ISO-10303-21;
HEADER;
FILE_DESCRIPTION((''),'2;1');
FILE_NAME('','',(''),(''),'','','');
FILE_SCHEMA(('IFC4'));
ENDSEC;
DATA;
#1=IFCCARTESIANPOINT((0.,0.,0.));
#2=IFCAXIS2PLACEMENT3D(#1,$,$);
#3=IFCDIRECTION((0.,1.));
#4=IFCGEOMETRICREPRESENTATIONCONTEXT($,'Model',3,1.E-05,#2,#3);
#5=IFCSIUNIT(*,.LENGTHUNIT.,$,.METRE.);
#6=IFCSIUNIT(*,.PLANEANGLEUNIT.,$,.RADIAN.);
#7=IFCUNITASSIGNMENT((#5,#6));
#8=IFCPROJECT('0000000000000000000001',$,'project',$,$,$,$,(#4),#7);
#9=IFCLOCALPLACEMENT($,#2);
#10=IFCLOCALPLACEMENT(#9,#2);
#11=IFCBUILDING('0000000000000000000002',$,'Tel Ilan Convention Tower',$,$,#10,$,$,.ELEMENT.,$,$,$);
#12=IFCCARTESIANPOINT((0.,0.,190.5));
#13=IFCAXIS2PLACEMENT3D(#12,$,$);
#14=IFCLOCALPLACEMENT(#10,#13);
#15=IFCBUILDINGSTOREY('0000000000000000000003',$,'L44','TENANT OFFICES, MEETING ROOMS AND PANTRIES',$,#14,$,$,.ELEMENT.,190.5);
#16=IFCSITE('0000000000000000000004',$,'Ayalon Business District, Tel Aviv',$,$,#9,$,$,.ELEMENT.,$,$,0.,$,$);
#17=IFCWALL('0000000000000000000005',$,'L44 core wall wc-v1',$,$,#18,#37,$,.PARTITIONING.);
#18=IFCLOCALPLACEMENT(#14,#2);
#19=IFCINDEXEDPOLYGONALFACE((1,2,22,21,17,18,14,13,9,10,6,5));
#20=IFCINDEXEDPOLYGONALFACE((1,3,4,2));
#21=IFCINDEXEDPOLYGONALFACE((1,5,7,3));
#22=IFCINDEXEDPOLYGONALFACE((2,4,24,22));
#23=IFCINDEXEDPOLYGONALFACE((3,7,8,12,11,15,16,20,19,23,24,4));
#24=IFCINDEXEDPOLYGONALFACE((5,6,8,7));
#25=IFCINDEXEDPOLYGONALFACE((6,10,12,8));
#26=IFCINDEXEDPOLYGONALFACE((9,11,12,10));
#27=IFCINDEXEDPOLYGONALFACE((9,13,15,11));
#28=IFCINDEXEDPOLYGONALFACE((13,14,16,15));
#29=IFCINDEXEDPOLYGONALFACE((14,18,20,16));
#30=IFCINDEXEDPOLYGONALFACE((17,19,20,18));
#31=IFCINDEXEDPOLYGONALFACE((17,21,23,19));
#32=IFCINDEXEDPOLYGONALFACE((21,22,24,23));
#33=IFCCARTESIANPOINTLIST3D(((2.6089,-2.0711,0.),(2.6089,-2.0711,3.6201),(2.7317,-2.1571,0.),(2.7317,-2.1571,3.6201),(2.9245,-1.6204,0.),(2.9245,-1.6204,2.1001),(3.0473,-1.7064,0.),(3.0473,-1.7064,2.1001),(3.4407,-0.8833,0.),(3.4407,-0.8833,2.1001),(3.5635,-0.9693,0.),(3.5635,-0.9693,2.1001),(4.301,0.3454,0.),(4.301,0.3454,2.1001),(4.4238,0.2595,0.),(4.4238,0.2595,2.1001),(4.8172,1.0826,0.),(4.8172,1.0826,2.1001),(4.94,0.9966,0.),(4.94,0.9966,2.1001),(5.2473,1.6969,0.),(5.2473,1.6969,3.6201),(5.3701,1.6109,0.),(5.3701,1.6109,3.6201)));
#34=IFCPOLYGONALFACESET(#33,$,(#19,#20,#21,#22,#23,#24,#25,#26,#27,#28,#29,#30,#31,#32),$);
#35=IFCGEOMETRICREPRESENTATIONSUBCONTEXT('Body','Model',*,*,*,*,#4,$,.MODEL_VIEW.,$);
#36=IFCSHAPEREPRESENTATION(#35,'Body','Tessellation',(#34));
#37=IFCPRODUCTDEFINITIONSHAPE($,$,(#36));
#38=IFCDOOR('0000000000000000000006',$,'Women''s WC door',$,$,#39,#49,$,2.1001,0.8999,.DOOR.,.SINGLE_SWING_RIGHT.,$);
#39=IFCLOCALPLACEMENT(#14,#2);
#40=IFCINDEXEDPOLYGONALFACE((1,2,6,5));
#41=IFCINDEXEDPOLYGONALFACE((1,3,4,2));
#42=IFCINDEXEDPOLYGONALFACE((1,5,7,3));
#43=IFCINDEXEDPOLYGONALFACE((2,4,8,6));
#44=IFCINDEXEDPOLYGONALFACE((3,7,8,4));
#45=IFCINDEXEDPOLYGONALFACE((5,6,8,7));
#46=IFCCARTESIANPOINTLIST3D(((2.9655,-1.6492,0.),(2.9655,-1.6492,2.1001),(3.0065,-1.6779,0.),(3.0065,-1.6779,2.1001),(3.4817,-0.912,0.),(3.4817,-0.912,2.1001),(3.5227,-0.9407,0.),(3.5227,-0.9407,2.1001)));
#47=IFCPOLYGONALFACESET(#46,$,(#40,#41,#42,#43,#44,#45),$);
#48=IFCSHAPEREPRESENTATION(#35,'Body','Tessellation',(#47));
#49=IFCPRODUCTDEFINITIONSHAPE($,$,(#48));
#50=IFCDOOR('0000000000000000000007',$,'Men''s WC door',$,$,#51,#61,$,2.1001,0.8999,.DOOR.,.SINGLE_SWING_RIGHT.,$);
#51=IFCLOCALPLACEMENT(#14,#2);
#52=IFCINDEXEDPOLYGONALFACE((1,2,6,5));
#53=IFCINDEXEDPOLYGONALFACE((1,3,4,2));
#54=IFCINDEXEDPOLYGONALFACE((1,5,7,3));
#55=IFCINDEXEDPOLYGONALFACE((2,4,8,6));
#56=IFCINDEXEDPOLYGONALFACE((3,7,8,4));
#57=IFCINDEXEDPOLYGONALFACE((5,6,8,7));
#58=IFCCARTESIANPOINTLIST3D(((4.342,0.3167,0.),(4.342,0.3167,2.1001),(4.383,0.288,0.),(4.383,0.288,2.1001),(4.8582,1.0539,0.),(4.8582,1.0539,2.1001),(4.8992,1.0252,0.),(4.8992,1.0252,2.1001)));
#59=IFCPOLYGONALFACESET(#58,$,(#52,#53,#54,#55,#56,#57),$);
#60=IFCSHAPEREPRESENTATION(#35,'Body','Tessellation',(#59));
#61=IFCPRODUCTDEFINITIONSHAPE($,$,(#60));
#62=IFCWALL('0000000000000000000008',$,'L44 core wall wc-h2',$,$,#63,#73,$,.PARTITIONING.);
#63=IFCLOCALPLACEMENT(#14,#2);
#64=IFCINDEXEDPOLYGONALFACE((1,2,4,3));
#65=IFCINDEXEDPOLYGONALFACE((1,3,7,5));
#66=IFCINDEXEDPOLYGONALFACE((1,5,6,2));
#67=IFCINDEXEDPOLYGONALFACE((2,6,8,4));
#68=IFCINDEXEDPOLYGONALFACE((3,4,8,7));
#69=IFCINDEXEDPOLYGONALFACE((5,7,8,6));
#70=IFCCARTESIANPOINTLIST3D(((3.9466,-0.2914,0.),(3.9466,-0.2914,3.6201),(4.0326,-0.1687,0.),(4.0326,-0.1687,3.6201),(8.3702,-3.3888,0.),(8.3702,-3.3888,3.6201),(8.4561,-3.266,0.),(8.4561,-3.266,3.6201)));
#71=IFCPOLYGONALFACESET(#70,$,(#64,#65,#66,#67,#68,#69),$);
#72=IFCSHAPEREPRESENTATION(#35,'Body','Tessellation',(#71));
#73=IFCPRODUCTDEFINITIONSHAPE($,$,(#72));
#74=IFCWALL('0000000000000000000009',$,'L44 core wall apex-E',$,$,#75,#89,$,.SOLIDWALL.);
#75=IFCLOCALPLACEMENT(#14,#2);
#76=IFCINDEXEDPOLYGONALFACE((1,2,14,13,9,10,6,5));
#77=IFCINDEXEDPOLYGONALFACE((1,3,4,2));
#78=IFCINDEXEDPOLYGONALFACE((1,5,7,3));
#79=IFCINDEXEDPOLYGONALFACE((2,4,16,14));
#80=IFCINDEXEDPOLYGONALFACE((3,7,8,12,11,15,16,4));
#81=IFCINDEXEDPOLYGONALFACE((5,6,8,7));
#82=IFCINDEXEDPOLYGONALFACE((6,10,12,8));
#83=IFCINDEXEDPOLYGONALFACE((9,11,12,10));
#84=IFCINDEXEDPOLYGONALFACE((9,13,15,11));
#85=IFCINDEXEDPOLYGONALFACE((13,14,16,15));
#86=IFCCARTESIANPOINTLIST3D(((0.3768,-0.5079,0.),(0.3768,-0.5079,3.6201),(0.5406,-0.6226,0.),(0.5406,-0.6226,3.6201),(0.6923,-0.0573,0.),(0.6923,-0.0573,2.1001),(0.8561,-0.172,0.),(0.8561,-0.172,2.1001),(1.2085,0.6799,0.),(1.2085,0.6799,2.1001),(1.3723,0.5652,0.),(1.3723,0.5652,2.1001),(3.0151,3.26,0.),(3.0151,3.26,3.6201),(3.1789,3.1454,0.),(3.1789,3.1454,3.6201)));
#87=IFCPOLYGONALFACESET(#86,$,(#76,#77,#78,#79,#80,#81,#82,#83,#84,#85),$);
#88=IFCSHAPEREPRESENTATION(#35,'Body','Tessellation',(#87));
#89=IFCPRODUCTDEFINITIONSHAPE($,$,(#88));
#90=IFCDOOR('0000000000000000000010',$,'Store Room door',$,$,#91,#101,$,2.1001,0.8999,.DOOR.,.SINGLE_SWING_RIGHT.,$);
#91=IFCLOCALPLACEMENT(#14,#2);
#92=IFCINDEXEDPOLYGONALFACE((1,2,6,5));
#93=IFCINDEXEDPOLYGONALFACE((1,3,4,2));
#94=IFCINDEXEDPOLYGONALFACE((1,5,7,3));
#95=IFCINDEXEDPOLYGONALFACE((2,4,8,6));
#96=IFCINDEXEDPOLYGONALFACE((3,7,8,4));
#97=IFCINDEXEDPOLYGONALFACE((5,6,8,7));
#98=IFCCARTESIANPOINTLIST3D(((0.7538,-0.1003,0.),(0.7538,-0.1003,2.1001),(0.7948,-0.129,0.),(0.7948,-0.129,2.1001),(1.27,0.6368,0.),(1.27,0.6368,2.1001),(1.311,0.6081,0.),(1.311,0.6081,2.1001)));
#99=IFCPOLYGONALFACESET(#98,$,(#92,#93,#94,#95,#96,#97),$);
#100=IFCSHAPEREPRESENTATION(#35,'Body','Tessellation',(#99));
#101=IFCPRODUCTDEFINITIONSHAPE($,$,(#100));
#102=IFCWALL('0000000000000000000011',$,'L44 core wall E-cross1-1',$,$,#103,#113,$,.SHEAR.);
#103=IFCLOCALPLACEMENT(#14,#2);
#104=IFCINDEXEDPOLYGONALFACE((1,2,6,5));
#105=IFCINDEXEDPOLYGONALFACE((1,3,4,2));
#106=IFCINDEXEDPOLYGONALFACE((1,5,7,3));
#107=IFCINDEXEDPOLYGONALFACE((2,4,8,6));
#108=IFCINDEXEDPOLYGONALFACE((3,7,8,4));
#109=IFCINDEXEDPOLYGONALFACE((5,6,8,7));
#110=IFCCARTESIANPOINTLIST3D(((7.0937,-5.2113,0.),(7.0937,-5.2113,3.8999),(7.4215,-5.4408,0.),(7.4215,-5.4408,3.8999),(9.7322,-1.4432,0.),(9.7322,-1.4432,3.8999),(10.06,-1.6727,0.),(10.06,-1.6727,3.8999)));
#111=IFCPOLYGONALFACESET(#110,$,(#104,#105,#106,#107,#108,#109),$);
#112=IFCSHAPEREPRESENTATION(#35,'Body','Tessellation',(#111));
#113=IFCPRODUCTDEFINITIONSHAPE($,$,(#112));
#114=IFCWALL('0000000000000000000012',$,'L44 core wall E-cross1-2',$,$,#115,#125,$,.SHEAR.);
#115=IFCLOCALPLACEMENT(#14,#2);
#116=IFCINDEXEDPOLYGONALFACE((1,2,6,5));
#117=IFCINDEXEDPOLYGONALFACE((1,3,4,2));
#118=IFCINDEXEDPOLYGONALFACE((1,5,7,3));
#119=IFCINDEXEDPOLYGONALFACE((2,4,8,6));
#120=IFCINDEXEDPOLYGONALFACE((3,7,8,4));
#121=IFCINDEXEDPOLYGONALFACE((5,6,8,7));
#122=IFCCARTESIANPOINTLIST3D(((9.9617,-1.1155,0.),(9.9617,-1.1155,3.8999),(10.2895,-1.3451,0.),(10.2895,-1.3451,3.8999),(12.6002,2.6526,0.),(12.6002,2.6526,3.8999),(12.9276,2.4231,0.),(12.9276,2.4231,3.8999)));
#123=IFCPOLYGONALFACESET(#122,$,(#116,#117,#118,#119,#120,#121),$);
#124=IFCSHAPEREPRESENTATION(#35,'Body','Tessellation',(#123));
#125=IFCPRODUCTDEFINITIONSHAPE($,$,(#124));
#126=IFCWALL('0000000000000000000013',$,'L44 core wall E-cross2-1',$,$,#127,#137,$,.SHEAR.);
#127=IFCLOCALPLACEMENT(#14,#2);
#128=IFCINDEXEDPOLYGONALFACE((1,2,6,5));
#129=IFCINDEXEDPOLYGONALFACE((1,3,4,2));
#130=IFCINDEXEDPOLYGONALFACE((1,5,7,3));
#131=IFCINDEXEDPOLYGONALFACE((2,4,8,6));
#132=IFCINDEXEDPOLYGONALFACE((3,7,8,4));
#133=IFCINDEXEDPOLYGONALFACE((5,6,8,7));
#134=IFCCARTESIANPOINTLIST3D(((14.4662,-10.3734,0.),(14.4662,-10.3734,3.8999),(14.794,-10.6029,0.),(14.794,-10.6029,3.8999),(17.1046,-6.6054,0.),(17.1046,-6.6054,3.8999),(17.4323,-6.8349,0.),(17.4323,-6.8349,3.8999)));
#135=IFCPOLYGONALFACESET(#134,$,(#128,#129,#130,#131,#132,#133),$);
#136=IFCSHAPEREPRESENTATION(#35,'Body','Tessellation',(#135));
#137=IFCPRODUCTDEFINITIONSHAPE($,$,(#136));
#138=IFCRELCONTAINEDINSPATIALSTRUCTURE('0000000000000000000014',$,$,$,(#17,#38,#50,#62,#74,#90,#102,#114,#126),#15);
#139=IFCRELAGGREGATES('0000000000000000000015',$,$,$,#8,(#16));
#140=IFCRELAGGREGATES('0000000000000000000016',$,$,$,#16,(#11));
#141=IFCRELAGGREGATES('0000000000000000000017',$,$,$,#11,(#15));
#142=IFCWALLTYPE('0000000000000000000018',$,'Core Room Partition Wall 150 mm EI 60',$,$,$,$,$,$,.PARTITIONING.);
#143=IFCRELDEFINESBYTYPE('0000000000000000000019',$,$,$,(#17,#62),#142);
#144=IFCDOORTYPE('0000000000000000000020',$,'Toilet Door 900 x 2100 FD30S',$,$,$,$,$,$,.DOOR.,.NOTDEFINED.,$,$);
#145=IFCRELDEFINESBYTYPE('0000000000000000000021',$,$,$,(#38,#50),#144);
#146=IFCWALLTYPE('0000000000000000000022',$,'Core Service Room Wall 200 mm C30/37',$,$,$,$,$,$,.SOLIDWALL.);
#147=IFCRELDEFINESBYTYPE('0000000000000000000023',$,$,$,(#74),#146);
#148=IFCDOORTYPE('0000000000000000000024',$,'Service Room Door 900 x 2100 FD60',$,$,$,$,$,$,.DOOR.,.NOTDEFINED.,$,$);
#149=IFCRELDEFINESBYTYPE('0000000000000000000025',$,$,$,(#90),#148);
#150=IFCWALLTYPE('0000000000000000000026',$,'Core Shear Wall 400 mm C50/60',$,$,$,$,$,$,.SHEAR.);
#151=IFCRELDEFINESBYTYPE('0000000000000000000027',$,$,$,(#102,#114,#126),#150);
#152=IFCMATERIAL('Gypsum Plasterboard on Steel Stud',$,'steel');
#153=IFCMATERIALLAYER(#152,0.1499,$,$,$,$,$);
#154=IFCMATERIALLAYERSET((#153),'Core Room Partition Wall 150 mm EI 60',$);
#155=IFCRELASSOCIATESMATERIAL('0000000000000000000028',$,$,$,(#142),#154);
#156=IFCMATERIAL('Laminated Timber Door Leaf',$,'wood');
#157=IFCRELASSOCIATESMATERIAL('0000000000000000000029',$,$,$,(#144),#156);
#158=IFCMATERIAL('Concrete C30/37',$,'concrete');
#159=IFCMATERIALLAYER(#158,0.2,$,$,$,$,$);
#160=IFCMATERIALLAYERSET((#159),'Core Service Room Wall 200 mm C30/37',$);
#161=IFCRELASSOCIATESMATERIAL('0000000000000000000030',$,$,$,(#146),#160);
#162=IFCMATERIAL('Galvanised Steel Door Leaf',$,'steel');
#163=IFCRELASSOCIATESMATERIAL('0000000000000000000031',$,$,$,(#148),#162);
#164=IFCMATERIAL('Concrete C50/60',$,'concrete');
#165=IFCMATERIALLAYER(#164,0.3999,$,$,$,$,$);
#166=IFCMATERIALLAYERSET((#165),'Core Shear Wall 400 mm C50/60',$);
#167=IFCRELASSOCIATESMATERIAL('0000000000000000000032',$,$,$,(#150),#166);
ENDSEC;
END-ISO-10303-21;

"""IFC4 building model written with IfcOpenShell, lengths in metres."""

from ifc_helpers import new_model, si_unit, direction, frame, frame_2d, origin, place, context, subcontext, project, spatial, polyline, rectangle, outline, extrude, material, layer, layer_set, type_object, element, fill, save


model = new_model("IFC4")

# Units and contexts
model_context = context("Model", 3, precision=1e-05, world=origin(), true_north=direction((0.0, 1.0)))
body_context = subcontext(model_context, "Body", "Model", "MODEL_VIEW")
ifc_project = project(units=[si_unit("LENGTHUNIT", "METRE"), si_unit("PLANEANGLEUNIT", "RADIAN")], contexts=[model_context])

# Site, building, storey
site_placement = place(None, origin())
site = spatial("IfcSite", under=ifc_project, at=site_placement, Name="Ayalon Business District, Tel Aviv", CompositionType="ELEMENT", RefElevation=0.0)
building_placement = place(site_placement, origin())
building = spatial("IfcBuilding", under=site, at=building_placement, Name="Tel Ilan Convention Tower", CompositionType="ELEMENT")
storey_placement = place(building_placement, frame((0.0, 0.0, 190.5)))
storey = spatial("IfcBuildingStorey", under=building, at=storey_placement, Name="L44", Description="TENANT OFFICES, MEETING ROOMS AND PANTRIES", CompositionType="ELEMENT", Elevation=190.5)

# Wall, openings, doors
ifc_material_1 = material(Name="Gypsum Plasterboard on Steel Stud", Category="steel")
ifc_layer_1 = layer(ifc_material_1, 0.1499)
ifc_layer_set_1 = layer_set([ifc_layer_1], Name="Core Room Partition Wall 150 mm EI 60")
wall_type_1 = type_object("IfcWallType", Name="Core Room Partition Wall 150 mm EI 60", PredefinedType="PARTITIONING", material=ifc_layer_set_1)
wall_1_placement = place(storey_placement, frame((2.6704, -2.114, 0.0), z_axis=(0.0, 0.0, 1.0), x_axis=(0.573576, 0.819152, 0.0)))
wall_1 = element("IfcWall", 1, at=wall_1_placement, inside=storey, type_object=wall_type_1, Name="L44 core wall wc-v1", PredefinedType="PARTITIONING", context=body_context, shape_type="SweptSolid", body=[
    extrude(rectangle(XDim=4.5999, YDim=0.1499, at=frame_2d((2.2998, 0.0))), origin(), (0.0, 0.0, 1.0), 3.6201),
])
opening_1_placement = place(wall_1_placement, frame((0.55, 0.0, 0.0)))
opening_1 = element("IfcOpeningElement", 2, at=opening_1_placement, cuts=wall_1, PredefinedType="OPENING", context=body_context, shape_type="SweptSolid", body=[
    extrude(rectangle(XDim=0.8999, YDim=2.1001, at=frame_2d((0.45, 1.05))), frame((0.0, 0.085, 0.0), z_axis=(0.0, -1.0, 0.0), x_axis=(1.0, 0.0, 0.0)), (0.0, 0.0, 1.0), 0.1699),
])
opening_2_placement = place(wall_1_placement, frame((2.95, 0.0, 0.0)))
opening_2 = element("IfcOpeningElement", 3, at=opening_2_placement, cuts=wall_1, PredefinedType="OPENING", context=body_context, shape_type="SweptSolid", body=[
    extrude(rectangle(XDim=0.8999, YDim=2.1001, at=frame_2d((0.45, 1.05))), frame((0.0, 0.085, 0.0), z_axis=(0.0, -1.0, 0.0), x_axis=(1.0, 0.0, 0.0)), (0.0, 0.0, 1.0), 0.1699),
])
ifc_material_2 = material(Name="Laminated Timber Door Leaf", Category="wood")
door_type_1 = type_object("IfcDoorType", Name="Toilet Door 900 x 2100 FD30S", OperationType="NOTDEFINED", PredefinedType="DOOR", material=ifc_material_2)
door_1_placement = place(opening_1_placement, origin())
door_1 = element("IfcDoor", 4, at=door_1_placement, inside=storey, type_object=door_type_1, Name="Women's WC door", OperationType="SINGLE_SWING_RIGHT", OverallHeight=2.1001, OverallWidth=0.8999, PredefinedType="DOOR", context=body_context, shape_type="SweptSolid", body=[
    extrude(rectangle(XDim=0.8999, YDim=2.1001, at=frame_2d((0.45, 1.05))), frame((0.0, 0.0249, 0.0), z_axis=(0.0, -1.0, 0.0), x_axis=(1.0, 0.0, 0.0)), (0.0, 0.0, 1.0), 0.05),
])
fill(opening_1, door_1)
door_2_placement = place(opening_2_placement, origin())
door_2 = element("IfcDoor", 5, at=door_2_placement, inside=storey, type_object=door_type_1, Name="Men's WC door", OperationType="SINGLE_SWING_RIGHT", OverallHeight=2.1001, OverallWidth=0.8999, PredefinedType="DOOR", context=body_context, shape_type="SweptSolid", body=[
    extrude(rectangle(XDim=0.8999, YDim=2.1001, at=frame_2d((0.45, 1.05))), frame((0.0, 0.0249, 0.0), z_axis=(0.0, -1.0, 0.0), x_axis=(1.0, 0.0, 0.0)), (0.0, 0.0, 1.0), 0.05),
])
fill(opening_2, door_2)

# Wall
wall_2_placement = place(storey_placement, frame((3.9895, -0.23, 0.0), z_axis=(0.0, 0.0, 1.0), x_axis=(0.819153, -0.573575, 0.0)))
element("IfcWall", 6, at=wall_2_placement, inside=storey, type_object=wall_type_1, Name="L44 core wall wc-h2", PredefinedType="PARTITIONING", context=body_context, shape_type="SweptSolid", body=[
    extrude(rectangle(XDim=5.4001, YDim=0.1499, at=frame_2d((2.7002, 0.0))), origin(), (0.0, 0.0, 1.0), 3.6201),
])

# Wall, opening, door
ifc_material_3 = material(Name="Concrete C30/37", Category="concrete")
ifc_layer_2 = layer(ifc_material_3, 0.2)
ifc_layer_set_2 = layer_set([ifc_layer_2], Name="Core Service Room Wall 200 mm C30/37")
wall_type_2 = type_object("IfcWallType", Name="Core Service Room Wall 200 mm C30/37", PredefinedType="SOLIDWALL", material=ifc_layer_set_2)
wall_3_placement = place(storey_placement, frame((0.4587, -0.5652, 0.0), z_axis=(0.0, 0.0, 1.0), x_axis=(0.573576, 0.819152, 0.0)))
wall_3 = element("IfcWall", 7, at=wall_3_placement, inside=storey, type_object=wall_type_2, Name="L44 core wall apex-E", PredefinedType="SOLIDWALL", context=body_context, shape_type="SweptSolid", body=[
    extrude(rectangle(XDim=4.5999, YDim=0.2, at=frame_2d((2.2998, 0.0))), origin(), (0.0, 0.0, 1.0), 3.6201),
])
opening_3_placement = place(wall_3_placement, frame((0.55, 0.0, 0.0)))
opening_3 = element("IfcOpeningElement", 8, at=opening_3_placement, cuts=wall_3, PredefinedType="OPENING", context=body_context, shape_type="SweptSolid", body=[
    extrude(rectangle(XDim=0.8999, YDim=2.1001, at=frame_2d((0.45, 1.05))), frame((0.0, 0.1099, 0.0), z_axis=(0.0, -1.0, 0.0), x_axis=(1.0, 0.0, 0.0)), (0.0, 0.0, 1.0), 0.22),
])
ifc_material_4 = material(Name="Galvanised Steel Door Leaf", Category="steel")
door_type_2 = type_object("IfcDoorType", Name="Service Room Door 900 x 2100 FD60", OperationType="NOTDEFINED", PredefinedType="DOOR", material=ifc_material_4)
door_3_placement = place(opening_3_placement, origin())
door_3 = element("IfcDoor", 9, at=door_3_placement, inside=storey, type_object=door_type_2, Name="Store Room door", OperationType="SINGLE_SWING_RIGHT", OverallHeight=2.1001, OverallWidth=0.8999, PredefinedType="DOOR", context=body_context, shape_type="SweptSolid", body=[
    extrude(rectangle(XDim=0.8999, YDim=2.1001, at=frame_2d((0.45, 1.05))), frame((0.0, 0.0249, 0.0), z_axis=(0.0, -1.0, 0.0), x_axis=(1.0, 0.0, 0.0)), (0.0, 0.0, 1.0), 0.05),
])
fill(opening_3, door_3)

# Walls
ifc_material_5 = material(Name="Concrete C50/60", Category="concrete")
ifc_layer_3 = layer(ifc_material_5, 0.3999)
ifc_layer_set_3 = layer_set([ifc_layer_3], Name="Core Shear Wall 400 mm C50/60")
wall_type_3 = type_object("IfcWallType", Name="Core Shear Wall 400 mm C50/60", PredefinedType="SHEAR", material=ifc_layer_set_3)
wall_4_placement = place(storey_placement, frame((7.2578, -5.3259, 0.0), z_axis=(0.0, 0.0, 1.0), x_axis=(0.573541, 0.819177, 0.0)))
element("IfcWall", 10, at=wall_4_placement, inside=storey, type_object=wall_type_3, Name="L44 core wall E-cross1-1", PredefinedType="SHEAR", context=body_context, shape_type="SweptSolid", body=[
    extrude(outline(polyline([(-0.0002, 0.2002), (-0.0002, -0.2), (4.5999, -0.2002), (4.5999, 0.2), (-0.0002, 0.2002)])), origin(), (0.0, 0.0, 1.0), 3.8999),
])
wall_5_placement = place(storey_placement, frame((10.1255, -1.2302, 0.0), z_axis=(0.0, 0.0, 1.0), x_axis=(0.573576, 0.819152, 0.0)))
element("IfcWall", 11, at=wall_5_placement, inside=storey, type_object=wall_type_3, Name="L44 core wall E-cross1-2", PredefinedType="SHEAR", context=body_context, shape_type="SweptSolid", body=[
    extrude(outline(polyline([(4.5999, -0.2), (4.6001, 0.2), (0.0, 0.2), (0.0, -0.2002), (4.5999, -0.2)])), origin(), (0.0, 0.0, 1.0), 3.8999),
])
wall_6_placement = place(storey_placement, frame((14.6299, -10.4883, 0.0), z_axis=(0.0, 0.0, 1.0), x_axis=(0.573612, 0.819127, 0.0)))
element("IfcWall", 12, at=wall_6_placement, inside=storey, type_object=wall_type_3, Name="L44 core wall E-cross2-1", PredefinedType="SHEAR", context=body_context, shape_type="SweptSolid", body=[
    extrude(outline(polyline([(0.0002, 0.2), (0.0002, -0.2002), (4.6001, -0.2), (4.6001, 0.2002), (0.0002, 0.2)])), origin(), (0.0, 0.0, 1.0), 3.8999),
])

save(model, "model.ifc")
